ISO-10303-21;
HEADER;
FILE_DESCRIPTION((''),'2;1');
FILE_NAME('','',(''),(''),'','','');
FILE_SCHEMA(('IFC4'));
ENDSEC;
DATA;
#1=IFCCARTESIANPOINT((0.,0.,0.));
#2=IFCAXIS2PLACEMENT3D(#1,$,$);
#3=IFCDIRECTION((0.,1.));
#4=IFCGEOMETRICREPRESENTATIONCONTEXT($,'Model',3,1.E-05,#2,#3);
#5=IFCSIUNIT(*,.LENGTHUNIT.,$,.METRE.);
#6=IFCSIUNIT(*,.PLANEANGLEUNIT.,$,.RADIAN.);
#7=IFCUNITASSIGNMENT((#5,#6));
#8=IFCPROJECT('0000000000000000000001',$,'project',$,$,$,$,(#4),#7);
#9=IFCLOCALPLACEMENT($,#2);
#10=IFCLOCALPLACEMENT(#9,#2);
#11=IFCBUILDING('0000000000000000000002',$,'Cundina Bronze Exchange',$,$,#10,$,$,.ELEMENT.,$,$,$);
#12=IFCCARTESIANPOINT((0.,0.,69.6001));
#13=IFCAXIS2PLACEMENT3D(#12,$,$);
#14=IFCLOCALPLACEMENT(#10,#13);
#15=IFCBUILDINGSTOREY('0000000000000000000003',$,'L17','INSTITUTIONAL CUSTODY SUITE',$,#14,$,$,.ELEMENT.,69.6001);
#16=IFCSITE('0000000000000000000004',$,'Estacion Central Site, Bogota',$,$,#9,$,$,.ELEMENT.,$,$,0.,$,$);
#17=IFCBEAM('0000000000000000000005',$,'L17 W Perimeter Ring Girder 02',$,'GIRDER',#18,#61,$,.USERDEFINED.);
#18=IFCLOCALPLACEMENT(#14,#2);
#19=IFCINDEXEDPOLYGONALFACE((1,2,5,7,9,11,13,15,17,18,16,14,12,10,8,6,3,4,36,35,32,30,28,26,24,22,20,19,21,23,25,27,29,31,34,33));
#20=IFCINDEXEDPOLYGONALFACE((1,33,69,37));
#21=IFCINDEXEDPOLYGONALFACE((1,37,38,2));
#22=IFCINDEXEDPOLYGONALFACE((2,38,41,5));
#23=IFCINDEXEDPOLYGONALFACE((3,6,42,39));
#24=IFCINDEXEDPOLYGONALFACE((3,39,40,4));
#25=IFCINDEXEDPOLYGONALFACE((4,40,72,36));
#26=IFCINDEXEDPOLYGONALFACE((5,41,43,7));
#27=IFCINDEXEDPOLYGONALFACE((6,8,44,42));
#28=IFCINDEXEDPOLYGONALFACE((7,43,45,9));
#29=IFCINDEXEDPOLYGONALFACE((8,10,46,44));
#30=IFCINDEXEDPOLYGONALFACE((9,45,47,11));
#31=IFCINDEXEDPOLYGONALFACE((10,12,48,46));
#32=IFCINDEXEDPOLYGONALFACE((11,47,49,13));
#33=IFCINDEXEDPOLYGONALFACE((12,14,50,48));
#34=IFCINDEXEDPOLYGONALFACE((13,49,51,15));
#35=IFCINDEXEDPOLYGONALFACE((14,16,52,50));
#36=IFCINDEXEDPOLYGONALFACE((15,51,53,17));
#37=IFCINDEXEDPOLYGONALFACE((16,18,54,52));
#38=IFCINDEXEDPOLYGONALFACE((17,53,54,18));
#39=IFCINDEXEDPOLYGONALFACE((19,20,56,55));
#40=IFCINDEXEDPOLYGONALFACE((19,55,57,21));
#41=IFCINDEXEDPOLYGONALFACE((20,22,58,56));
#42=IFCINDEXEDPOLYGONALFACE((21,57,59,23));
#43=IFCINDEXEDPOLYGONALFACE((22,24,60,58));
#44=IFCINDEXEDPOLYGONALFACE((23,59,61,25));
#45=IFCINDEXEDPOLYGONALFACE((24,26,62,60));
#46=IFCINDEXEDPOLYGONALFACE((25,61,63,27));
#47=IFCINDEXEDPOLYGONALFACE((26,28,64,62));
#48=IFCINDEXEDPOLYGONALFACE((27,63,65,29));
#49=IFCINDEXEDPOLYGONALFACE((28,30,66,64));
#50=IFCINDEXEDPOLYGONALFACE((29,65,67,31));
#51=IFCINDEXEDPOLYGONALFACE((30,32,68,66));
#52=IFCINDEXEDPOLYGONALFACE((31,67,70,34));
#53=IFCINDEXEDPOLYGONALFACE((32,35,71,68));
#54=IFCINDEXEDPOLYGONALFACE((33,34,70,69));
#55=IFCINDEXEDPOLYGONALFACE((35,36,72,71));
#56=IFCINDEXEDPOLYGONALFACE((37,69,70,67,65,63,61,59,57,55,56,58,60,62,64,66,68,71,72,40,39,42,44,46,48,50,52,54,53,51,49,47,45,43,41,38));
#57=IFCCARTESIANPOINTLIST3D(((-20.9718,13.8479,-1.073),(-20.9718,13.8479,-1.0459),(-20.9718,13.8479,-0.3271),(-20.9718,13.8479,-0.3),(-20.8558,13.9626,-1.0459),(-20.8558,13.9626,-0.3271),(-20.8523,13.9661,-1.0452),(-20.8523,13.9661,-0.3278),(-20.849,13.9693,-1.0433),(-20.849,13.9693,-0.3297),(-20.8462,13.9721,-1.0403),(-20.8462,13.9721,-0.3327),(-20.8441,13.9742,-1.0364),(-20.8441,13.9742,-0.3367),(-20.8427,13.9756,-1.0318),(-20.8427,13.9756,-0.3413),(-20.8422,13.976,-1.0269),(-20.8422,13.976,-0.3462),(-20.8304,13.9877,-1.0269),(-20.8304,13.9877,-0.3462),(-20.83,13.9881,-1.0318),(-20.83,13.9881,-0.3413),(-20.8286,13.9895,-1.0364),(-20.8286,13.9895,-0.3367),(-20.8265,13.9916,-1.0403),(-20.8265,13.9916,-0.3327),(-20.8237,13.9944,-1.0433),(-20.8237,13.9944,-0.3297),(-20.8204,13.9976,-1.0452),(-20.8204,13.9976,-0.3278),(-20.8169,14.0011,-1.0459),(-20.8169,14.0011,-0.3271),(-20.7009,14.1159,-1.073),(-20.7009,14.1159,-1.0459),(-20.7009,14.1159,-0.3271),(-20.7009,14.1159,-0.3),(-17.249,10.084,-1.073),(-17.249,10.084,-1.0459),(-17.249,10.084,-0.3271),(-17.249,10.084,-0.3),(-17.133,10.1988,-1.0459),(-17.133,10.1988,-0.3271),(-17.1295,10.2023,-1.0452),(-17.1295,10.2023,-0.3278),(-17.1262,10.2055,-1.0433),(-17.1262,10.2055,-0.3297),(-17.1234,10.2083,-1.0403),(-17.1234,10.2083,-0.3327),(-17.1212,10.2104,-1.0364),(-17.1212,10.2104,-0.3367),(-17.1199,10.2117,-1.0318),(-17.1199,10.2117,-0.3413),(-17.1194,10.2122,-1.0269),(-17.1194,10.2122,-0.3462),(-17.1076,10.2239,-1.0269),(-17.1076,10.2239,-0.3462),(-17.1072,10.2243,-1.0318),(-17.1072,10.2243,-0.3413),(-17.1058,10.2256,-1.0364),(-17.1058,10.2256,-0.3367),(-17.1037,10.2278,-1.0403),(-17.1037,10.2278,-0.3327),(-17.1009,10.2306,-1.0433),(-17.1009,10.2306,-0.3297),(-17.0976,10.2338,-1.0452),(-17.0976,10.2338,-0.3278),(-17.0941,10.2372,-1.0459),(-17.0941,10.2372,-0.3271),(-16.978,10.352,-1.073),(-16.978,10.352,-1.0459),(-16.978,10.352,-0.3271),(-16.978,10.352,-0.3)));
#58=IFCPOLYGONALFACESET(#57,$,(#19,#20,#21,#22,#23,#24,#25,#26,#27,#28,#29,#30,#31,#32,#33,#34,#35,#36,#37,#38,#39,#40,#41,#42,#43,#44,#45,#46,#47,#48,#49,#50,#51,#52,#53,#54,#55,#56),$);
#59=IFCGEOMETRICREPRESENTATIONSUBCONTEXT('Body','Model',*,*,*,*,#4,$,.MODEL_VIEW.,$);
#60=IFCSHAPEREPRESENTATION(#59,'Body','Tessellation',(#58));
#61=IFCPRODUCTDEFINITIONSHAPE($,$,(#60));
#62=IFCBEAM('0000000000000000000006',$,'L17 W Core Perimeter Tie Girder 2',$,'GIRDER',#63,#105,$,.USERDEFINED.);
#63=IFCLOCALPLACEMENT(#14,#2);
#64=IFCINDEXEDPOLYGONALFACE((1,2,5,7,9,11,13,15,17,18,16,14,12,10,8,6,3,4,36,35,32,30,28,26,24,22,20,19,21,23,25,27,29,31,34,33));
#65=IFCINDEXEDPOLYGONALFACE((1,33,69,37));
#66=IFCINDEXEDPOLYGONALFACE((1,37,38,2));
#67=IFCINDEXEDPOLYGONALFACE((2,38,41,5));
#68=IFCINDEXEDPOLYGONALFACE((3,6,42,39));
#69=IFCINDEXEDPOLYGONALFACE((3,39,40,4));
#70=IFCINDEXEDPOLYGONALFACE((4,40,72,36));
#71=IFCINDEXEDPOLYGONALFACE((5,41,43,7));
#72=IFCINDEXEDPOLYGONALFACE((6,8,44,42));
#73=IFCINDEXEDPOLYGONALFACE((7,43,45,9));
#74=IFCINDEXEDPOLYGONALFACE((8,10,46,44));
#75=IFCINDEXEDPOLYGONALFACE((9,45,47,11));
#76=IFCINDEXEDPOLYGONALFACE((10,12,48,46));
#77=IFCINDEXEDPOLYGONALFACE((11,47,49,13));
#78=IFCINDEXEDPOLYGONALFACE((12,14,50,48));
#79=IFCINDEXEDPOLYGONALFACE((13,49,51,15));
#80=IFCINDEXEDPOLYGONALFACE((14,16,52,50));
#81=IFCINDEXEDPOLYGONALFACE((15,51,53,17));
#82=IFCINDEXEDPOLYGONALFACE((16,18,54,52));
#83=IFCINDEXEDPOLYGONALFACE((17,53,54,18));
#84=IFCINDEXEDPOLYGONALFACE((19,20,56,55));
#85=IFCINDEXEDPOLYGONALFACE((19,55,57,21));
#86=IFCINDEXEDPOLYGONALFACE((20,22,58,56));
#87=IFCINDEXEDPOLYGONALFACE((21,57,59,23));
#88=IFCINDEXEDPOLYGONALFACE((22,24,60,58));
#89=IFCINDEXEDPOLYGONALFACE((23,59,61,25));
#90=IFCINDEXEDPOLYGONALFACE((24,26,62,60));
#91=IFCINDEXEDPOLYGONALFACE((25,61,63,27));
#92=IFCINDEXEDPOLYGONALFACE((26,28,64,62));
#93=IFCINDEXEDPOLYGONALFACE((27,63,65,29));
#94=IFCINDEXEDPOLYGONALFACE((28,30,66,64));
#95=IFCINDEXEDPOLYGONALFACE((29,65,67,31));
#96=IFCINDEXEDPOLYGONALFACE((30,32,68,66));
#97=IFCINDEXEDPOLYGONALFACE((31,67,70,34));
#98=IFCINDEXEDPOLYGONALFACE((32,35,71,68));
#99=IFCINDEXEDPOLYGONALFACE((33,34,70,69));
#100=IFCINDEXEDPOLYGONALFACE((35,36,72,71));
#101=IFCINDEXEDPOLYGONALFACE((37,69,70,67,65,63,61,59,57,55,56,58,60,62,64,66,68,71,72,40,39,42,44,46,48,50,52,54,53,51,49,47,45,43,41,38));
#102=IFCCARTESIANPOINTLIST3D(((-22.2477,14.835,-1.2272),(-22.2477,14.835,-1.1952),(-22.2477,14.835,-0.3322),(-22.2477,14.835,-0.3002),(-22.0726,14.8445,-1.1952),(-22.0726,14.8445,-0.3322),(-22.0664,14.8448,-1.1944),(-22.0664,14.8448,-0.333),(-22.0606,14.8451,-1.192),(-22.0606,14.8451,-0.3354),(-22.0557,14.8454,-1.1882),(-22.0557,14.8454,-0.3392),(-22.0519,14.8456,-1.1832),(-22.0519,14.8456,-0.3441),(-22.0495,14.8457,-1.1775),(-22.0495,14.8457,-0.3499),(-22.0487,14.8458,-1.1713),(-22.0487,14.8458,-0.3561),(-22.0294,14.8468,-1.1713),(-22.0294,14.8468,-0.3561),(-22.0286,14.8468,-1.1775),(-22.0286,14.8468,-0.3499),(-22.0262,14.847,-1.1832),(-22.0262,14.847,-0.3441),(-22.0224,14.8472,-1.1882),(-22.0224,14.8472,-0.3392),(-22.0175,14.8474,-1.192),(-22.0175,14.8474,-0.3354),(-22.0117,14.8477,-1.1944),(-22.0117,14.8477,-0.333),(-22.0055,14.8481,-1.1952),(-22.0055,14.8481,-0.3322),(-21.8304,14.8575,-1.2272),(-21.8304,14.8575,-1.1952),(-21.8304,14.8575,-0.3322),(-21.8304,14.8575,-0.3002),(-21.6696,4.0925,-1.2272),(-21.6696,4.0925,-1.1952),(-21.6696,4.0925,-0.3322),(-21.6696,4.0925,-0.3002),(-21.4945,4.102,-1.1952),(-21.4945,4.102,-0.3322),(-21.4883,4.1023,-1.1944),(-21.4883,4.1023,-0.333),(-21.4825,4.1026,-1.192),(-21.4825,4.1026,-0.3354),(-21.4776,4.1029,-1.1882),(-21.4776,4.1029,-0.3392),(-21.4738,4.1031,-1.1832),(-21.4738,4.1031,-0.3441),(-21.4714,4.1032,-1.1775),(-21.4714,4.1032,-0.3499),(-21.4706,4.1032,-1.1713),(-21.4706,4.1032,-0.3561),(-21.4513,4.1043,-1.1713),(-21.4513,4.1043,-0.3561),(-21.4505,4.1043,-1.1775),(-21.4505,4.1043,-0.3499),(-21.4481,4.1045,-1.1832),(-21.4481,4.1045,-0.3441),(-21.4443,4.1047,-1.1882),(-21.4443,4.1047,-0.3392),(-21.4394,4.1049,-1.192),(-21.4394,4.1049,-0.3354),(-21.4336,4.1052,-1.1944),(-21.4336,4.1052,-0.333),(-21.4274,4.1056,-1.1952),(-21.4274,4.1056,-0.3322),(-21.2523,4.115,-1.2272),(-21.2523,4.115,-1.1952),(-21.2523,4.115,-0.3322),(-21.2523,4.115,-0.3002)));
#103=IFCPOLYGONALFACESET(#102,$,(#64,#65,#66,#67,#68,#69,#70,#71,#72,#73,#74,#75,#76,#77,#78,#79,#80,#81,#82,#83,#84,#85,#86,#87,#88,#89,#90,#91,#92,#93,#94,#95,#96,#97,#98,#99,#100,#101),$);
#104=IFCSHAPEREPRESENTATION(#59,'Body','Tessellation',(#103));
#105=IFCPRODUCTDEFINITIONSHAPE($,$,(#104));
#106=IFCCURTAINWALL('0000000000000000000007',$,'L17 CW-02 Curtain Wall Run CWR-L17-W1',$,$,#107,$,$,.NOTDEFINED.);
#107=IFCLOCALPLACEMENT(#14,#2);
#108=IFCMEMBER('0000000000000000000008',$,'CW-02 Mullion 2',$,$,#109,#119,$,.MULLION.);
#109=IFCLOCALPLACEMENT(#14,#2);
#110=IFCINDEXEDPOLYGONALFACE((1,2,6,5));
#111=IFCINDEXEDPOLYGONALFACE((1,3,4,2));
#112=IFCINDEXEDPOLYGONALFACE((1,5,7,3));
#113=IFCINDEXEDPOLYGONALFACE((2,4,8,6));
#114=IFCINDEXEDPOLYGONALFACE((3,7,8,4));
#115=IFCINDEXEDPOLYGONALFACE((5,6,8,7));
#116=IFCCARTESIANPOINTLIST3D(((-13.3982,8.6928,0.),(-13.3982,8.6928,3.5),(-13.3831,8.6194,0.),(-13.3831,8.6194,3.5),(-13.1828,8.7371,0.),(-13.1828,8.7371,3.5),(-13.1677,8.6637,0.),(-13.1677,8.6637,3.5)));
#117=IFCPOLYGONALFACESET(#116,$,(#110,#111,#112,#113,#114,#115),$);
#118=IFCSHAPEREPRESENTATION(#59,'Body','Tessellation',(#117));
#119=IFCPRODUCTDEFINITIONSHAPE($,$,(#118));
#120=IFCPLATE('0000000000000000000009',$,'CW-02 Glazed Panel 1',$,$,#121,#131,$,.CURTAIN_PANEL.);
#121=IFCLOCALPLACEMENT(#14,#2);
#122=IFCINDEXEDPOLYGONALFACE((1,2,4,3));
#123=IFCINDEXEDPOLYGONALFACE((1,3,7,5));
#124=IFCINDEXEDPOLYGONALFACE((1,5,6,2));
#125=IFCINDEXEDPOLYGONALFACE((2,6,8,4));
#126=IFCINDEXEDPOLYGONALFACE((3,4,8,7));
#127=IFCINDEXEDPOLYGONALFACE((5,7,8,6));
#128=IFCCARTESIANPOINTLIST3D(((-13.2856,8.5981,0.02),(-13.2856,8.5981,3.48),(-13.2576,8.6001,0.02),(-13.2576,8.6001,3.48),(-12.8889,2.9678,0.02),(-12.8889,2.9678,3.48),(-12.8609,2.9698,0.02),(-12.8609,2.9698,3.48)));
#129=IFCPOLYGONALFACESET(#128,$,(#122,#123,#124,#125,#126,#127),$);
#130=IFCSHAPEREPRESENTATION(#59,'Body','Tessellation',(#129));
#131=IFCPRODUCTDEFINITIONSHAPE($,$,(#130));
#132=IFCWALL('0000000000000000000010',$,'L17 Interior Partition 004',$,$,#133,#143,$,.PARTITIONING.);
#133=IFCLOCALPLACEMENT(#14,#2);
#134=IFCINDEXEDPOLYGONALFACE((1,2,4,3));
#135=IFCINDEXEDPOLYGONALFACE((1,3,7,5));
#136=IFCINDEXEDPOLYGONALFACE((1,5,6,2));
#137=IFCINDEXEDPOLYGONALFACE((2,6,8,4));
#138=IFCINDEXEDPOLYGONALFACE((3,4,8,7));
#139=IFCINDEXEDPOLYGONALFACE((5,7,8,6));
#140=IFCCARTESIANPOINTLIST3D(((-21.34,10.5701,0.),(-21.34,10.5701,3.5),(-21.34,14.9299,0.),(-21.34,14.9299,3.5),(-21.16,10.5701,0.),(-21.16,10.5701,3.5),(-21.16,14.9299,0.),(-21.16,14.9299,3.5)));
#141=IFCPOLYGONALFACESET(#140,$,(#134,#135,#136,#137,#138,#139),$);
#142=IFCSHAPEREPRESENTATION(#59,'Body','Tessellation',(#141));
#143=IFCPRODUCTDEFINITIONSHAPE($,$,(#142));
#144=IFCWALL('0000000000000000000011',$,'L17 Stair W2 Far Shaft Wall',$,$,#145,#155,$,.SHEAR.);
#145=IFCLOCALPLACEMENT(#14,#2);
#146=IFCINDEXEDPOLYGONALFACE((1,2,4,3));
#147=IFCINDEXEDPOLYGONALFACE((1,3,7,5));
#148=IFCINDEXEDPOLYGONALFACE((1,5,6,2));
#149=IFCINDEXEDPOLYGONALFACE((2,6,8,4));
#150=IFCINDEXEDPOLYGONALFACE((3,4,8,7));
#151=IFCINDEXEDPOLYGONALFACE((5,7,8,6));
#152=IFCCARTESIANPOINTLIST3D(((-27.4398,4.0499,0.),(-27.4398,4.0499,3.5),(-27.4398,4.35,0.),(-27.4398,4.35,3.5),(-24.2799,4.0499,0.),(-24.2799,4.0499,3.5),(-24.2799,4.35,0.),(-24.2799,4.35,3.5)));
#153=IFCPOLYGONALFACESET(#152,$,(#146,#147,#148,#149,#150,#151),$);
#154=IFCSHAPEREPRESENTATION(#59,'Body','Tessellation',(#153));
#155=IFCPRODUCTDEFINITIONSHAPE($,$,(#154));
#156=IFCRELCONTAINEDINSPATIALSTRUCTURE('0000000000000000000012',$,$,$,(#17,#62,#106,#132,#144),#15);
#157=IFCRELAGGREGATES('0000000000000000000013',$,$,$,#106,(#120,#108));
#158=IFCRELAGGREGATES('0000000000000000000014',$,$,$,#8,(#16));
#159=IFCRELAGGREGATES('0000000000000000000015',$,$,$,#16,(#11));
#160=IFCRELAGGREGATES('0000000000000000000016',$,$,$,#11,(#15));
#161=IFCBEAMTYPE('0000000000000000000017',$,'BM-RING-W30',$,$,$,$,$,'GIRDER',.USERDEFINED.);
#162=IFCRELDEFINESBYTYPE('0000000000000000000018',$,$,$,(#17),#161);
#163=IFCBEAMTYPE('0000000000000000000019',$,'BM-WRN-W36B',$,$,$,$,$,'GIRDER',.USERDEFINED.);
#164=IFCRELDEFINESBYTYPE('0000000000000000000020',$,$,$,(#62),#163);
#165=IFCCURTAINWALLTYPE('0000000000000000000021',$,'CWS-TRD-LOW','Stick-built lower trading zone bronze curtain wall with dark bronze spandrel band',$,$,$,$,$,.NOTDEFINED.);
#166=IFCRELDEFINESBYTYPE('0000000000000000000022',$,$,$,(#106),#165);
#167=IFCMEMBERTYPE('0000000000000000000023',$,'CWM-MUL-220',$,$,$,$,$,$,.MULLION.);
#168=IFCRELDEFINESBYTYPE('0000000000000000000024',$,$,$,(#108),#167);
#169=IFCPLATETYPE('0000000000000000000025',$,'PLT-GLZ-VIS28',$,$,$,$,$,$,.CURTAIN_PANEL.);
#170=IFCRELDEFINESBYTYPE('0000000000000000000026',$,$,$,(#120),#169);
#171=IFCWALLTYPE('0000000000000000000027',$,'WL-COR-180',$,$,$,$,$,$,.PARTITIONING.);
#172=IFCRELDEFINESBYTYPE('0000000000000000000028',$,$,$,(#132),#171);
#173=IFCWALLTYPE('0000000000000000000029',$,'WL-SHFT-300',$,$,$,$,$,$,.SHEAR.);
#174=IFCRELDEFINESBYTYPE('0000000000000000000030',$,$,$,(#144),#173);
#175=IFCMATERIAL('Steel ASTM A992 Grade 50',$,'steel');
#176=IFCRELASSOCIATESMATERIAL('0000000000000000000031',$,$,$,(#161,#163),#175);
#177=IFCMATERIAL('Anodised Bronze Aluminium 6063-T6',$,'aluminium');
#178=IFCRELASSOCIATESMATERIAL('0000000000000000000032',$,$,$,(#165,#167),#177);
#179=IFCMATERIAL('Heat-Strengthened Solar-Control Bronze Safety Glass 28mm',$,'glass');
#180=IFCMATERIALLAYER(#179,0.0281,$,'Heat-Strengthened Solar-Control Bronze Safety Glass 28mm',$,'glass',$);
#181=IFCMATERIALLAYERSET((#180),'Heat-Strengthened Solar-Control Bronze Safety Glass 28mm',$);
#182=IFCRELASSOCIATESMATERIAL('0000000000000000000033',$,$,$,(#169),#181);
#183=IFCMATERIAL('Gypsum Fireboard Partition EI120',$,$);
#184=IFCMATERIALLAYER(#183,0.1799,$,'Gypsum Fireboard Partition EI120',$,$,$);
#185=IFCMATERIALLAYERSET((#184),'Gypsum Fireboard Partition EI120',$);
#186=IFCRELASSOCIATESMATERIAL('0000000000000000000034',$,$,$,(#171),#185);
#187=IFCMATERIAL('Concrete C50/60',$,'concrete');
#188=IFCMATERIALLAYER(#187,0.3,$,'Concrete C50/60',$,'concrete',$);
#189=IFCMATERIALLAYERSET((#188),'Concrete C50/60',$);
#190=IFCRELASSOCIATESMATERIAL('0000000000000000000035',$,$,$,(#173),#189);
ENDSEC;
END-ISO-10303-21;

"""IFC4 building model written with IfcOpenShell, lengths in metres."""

from ifc_helpers import new_model, si_unit, direction, frame, frame_2d, origin, origin_2d, place, context, subcontext, project, spatial, rectangle, i_section, extrude, material, layer, layer_set, material_profile, profile_set, type_object, element, aggregate, save


model = new_model("IFC4")

# Units and contexts
model_context = context("Model", 3, precision=1e-05, world=origin(), true_north=direction((0.0, 1.0)))
body_context = subcontext(model_context, "Body", "Model", "MODEL_VIEW")
ifc_project = project(units=[si_unit("LENGTHUNIT", "METRE"), si_unit("PLANEANGLEUNIT", "RADIAN")], contexts=[model_context])

# Site, building, storey
site_placement = place(None, origin())
site = spatial("IfcSite", under=ifc_project, at=site_placement, Name="Estacion Central Site, Bogota", CompositionType="ELEMENT", RefElevation=0.0)
building_placement = place(site_placement, origin())
building = spatial("IfcBuilding", under=site, at=building_placement, Name="Cundina Bronze Exchange", CompositionType="ELEMENT")
storey_placement = place(building_placement, frame((0.0, 0.0, 69.6001)))
storey = spatial("IfcBuildingStorey", under=building, at=storey_placement, Name="L17", Description="INSTITUTIONAL CUSTODY SUITE", CompositionType="ELEMENT", Elevation=69.6001)

# Beams
ifc_material_1 = material(Name="Steel ASTM A992 Grade 50", Category="steel")
ifc_material_profile_1 = material_profile(ifc_material_1, i_section(OverallWidth=0.3811, OverallDepth=0.7729, WebThickness=0.0166, FlangeThickness=0.0271, FilletRadius=0.019, at=origin_2d()), Name="W30X173", Category="steel")
ifc_profile_set_1 = profile_set([ifc_material_profile_1], Name="Steel ASTM A992 Grade 50")
beam_type_1 = type_object("IfcBeamType", Name="BM-RING-W30", ElementType="GIRDER", PredefinedType="USERDEFINED", material=ifc_profile_set_1)
beam_1_placement = place(storey_placement, frame((-17.1135, 10.218, -0.6865), z_axis=(-0.703222, 0.71097, 0.0), x_axis=(-0.71097, -0.703222, 0.0)))
element("IfcBeam", 1, at=beam_1_placement, inside=storey, type_object=beam_type_1, Name="L17 W Perimeter Ring Girder 02", ObjectType="GIRDER", PredefinedType="USERDEFINED", context=body_context, shape_type="SweptSolid", body=[
    extrude(i_section(OverallWidth=0.3811, OverallDepth=0.7729, WebThickness=0.0166, FlangeThickness=0.0271, FilletRadius=0.019, at=origin_2d()), origin(), (0.0, 0.0, 1.0), 5.2939),
])
ifc_material_profile_2 = material_profile(ifc_material_1, i_section(OverallWidth=0.418, OverallDepth=0.927, WebThickness=0.0193, FlangeThickness=0.032, FilletRadius=0.0239, at=origin_2d()), Name="W36X231", Category="steel")
ifc_profile_set_2 = profile_set([ifc_material_profile_2], Name="Steel ASTM A992 Grade 50")
beam_type_2 = type_object("IfcBeamType", Name="BM-WRN-W36B", ElementType="GIRDER", PredefinedType="USERDEFINED", material=ifc_profile_set_2)
beam_2_placement = place(storey_placement, frame((-21.4609, 4.1038, -0.7637), z_axis=(-0.053739, 0.998555, 0.0), x_axis=(-0.998555, -0.053739, 0.0)))
element("IfcBeam", 2, at=beam_2_placement, inside=storey, type_object=beam_type_2, Name="L17 W Core Perimeter Tie Girder 2", ObjectType="GIRDER", PredefinedType="USERDEFINED", context=body_context, shape_type="SweptSolid", body=[
    extrude(i_section(OverallWidth=0.418, OverallDepth=0.927, WebThickness=0.0193, FlangeThickness=0.032, FilletRadius=0.0239, at=origin_2d()), origin(), (0.0, 0.0, 1.0), 10.7581),
])

# Curtain wall, member, plate
ifc_material_2 = material(Name="Anodised Bronze Aluminium 6063-T6", Category="aluminium")
curtain_wall_type = type_object("IfcCurtainWallType", Name="CWS-TRD-LOW", Description="Stick-built lower trading zone bronze curtain wall with dark bronze spandrel band", PredefinedType="NOTDEFINED", material=ifc_material_2)
curtain_wall_placement = place(storey_placement, origin())
curtain_wall = element("IfcCurtainWall", 3, at=curtain_wall_placement, inside=storey, type_object=curtain_wall_type, Name="L17 CW-02 Curtain Wall Run CWR-L17-W1", PredefinedType="NOTDEFINED")
ifc_material_profile_3 = material_profile(ifc_material_2, rectangle(XDim=0.075, YDim=0.22, at=origin_2d()), Name="AL75X220", Category="aluminium")
ifc_profile_set_3 = profile_set([ifc_material_profile_3], Name="Anodised Bronze Aluminium 6063-T6")
member_type = type_object("IfcMemberType", Name="CWM-MUL-220", PredefinedType="MULLION", material=ifc_profile_set_3)
member_placement = place(storey_placement, frame((-13.283, 8.6782, 0.0), z_axis=(0.0, 0.0, 1.0), x_axis=(-0.20142, 0.979505, 0.0)))
member = element("IfcMember", 4, at=member_placement, type_object=member_type, Name="CW-02 Mullion 2", PredefinedType="MULLION", context=body_context, shape_type="SweptSolid", body=[
    extrude(rectangle(XDim=0.075, YDim=0.22, at=origin_2d()), origin(), (0.0, 0.0, 1.0), 3.5),
])
ifc_material_3 = material(Name="Heat-Strengthened Solar-Control Bronze Safety Glass 28mm", Category="glass")
ifc_layer_1 = layer(ifc_material_3, 0.0281, Name="Heat-Strengthened Solar-Control Bronze Safety Glass 28mm", Category="glass")
ifc_layer_set_1 = layer_set([ifc_layer_1], Name="Heat-Strengthened Solar-Control Bronze Safety Glass 28mm")
plate_type = type_object("IfcPlateType", Name="PLT-GLZ-VIS28", PredefinedType="CURTAIN_PANEL", material=ifc_layer_set_1)
plate_placement = place(storey_placement, frame((-13.0732, 5.7839, 0.02), z_axis=(0.0, 0.0, 1.0), x_axis=(-0.070279, 0.997527, 0.0)))
plate = element("IfcPlate", 5, at=plate_placement, type_object=plate_type, Name="CW-02 Glazed Panel 1", PredefinedType="CURTAIN_PANEL", context=body_context, shape_type="SweptSolid", body=[
    extrude(rectangle(XDim=5.6443, YDim=0.0281, at=origin_2d()), origin(), (0.0, 0.0, 1.0), 3.46),
])
aggregate(curtain_wall, [plate, member])

# Walls
ifc_material_4 = material(Name="Gypsum Fireboard Partition EI120")
ifc_layer_2 = layer(ifc_material_4, 0.1799, Name="Gypsum Fireboard Partition EI120")
ifc_layer_set_2 = layer_set([ifc_layer_2], Name="Gypsum Fireboard Partition EI120")
wall_type_1 = type_object("IfcWallType", Name="WL-COR-180", PredefinedType="PARTITIONING", material=ifc_layer_set_2)
wall_1_placement = place(storey_placement, frame((-21.25, 10.5701, 0.0), z_axis=(0.0, 0.0, 1.0), x_axis=(0.0, 1.0, 0.0)))
element("IfcWall", 6, at=wall_1_placement, inside=storey, type_object=wall_type_1, Name="L17 Interior Partition 004", PredefinedType="PARTITIONING", context=body_context, shape_type="SweptSolid", body=[
    extrude(rectangle(XDim=4.3599, YDim=0.1799, at=frame_2d((2.1799, 0.0))), origin(), (0.0, 0.0, 1.0), 3.5),
])
ifc_material_5 = material(Name="Concrete C50/60", Category="concrete")
ifc_layer_3 = layer(ifc_material_5, 0.3, Name="Concrete C50/60", Category="concrete")
ifc_layer_set_3 = layer_set([ifc_layer_3], Name="Concrete C50/60")
wall_type_2 = type_object("IfcWallType", Name="WL-SHFT-300", PredefinedType="SHEAR", material=ifc_layer_set_3)
wall_2_placement = place(storey_placement, frame((-27.4399, 4.2, 0.0), z_axis=(0.0, 0.0, 1.0), x_axis=(1.0, 0.0, 0.0)))
element("IfcWall", 7, at=wall_2_placement, inside=storey, type_object=wall_type_2, Name="L17 Stair W2 Far Shaft Wall", PredefinedType="SHEAR", context=body_context, shape_type="SweptSolid", body=[
    extrude(rectangle(XDim=3.1599, YDim=0.3, at=frame_2d((1.5801, 0.0))), origin(), (0.0, 0.0, 1.0), 3.5),
])

save(model, "model.ifc")
